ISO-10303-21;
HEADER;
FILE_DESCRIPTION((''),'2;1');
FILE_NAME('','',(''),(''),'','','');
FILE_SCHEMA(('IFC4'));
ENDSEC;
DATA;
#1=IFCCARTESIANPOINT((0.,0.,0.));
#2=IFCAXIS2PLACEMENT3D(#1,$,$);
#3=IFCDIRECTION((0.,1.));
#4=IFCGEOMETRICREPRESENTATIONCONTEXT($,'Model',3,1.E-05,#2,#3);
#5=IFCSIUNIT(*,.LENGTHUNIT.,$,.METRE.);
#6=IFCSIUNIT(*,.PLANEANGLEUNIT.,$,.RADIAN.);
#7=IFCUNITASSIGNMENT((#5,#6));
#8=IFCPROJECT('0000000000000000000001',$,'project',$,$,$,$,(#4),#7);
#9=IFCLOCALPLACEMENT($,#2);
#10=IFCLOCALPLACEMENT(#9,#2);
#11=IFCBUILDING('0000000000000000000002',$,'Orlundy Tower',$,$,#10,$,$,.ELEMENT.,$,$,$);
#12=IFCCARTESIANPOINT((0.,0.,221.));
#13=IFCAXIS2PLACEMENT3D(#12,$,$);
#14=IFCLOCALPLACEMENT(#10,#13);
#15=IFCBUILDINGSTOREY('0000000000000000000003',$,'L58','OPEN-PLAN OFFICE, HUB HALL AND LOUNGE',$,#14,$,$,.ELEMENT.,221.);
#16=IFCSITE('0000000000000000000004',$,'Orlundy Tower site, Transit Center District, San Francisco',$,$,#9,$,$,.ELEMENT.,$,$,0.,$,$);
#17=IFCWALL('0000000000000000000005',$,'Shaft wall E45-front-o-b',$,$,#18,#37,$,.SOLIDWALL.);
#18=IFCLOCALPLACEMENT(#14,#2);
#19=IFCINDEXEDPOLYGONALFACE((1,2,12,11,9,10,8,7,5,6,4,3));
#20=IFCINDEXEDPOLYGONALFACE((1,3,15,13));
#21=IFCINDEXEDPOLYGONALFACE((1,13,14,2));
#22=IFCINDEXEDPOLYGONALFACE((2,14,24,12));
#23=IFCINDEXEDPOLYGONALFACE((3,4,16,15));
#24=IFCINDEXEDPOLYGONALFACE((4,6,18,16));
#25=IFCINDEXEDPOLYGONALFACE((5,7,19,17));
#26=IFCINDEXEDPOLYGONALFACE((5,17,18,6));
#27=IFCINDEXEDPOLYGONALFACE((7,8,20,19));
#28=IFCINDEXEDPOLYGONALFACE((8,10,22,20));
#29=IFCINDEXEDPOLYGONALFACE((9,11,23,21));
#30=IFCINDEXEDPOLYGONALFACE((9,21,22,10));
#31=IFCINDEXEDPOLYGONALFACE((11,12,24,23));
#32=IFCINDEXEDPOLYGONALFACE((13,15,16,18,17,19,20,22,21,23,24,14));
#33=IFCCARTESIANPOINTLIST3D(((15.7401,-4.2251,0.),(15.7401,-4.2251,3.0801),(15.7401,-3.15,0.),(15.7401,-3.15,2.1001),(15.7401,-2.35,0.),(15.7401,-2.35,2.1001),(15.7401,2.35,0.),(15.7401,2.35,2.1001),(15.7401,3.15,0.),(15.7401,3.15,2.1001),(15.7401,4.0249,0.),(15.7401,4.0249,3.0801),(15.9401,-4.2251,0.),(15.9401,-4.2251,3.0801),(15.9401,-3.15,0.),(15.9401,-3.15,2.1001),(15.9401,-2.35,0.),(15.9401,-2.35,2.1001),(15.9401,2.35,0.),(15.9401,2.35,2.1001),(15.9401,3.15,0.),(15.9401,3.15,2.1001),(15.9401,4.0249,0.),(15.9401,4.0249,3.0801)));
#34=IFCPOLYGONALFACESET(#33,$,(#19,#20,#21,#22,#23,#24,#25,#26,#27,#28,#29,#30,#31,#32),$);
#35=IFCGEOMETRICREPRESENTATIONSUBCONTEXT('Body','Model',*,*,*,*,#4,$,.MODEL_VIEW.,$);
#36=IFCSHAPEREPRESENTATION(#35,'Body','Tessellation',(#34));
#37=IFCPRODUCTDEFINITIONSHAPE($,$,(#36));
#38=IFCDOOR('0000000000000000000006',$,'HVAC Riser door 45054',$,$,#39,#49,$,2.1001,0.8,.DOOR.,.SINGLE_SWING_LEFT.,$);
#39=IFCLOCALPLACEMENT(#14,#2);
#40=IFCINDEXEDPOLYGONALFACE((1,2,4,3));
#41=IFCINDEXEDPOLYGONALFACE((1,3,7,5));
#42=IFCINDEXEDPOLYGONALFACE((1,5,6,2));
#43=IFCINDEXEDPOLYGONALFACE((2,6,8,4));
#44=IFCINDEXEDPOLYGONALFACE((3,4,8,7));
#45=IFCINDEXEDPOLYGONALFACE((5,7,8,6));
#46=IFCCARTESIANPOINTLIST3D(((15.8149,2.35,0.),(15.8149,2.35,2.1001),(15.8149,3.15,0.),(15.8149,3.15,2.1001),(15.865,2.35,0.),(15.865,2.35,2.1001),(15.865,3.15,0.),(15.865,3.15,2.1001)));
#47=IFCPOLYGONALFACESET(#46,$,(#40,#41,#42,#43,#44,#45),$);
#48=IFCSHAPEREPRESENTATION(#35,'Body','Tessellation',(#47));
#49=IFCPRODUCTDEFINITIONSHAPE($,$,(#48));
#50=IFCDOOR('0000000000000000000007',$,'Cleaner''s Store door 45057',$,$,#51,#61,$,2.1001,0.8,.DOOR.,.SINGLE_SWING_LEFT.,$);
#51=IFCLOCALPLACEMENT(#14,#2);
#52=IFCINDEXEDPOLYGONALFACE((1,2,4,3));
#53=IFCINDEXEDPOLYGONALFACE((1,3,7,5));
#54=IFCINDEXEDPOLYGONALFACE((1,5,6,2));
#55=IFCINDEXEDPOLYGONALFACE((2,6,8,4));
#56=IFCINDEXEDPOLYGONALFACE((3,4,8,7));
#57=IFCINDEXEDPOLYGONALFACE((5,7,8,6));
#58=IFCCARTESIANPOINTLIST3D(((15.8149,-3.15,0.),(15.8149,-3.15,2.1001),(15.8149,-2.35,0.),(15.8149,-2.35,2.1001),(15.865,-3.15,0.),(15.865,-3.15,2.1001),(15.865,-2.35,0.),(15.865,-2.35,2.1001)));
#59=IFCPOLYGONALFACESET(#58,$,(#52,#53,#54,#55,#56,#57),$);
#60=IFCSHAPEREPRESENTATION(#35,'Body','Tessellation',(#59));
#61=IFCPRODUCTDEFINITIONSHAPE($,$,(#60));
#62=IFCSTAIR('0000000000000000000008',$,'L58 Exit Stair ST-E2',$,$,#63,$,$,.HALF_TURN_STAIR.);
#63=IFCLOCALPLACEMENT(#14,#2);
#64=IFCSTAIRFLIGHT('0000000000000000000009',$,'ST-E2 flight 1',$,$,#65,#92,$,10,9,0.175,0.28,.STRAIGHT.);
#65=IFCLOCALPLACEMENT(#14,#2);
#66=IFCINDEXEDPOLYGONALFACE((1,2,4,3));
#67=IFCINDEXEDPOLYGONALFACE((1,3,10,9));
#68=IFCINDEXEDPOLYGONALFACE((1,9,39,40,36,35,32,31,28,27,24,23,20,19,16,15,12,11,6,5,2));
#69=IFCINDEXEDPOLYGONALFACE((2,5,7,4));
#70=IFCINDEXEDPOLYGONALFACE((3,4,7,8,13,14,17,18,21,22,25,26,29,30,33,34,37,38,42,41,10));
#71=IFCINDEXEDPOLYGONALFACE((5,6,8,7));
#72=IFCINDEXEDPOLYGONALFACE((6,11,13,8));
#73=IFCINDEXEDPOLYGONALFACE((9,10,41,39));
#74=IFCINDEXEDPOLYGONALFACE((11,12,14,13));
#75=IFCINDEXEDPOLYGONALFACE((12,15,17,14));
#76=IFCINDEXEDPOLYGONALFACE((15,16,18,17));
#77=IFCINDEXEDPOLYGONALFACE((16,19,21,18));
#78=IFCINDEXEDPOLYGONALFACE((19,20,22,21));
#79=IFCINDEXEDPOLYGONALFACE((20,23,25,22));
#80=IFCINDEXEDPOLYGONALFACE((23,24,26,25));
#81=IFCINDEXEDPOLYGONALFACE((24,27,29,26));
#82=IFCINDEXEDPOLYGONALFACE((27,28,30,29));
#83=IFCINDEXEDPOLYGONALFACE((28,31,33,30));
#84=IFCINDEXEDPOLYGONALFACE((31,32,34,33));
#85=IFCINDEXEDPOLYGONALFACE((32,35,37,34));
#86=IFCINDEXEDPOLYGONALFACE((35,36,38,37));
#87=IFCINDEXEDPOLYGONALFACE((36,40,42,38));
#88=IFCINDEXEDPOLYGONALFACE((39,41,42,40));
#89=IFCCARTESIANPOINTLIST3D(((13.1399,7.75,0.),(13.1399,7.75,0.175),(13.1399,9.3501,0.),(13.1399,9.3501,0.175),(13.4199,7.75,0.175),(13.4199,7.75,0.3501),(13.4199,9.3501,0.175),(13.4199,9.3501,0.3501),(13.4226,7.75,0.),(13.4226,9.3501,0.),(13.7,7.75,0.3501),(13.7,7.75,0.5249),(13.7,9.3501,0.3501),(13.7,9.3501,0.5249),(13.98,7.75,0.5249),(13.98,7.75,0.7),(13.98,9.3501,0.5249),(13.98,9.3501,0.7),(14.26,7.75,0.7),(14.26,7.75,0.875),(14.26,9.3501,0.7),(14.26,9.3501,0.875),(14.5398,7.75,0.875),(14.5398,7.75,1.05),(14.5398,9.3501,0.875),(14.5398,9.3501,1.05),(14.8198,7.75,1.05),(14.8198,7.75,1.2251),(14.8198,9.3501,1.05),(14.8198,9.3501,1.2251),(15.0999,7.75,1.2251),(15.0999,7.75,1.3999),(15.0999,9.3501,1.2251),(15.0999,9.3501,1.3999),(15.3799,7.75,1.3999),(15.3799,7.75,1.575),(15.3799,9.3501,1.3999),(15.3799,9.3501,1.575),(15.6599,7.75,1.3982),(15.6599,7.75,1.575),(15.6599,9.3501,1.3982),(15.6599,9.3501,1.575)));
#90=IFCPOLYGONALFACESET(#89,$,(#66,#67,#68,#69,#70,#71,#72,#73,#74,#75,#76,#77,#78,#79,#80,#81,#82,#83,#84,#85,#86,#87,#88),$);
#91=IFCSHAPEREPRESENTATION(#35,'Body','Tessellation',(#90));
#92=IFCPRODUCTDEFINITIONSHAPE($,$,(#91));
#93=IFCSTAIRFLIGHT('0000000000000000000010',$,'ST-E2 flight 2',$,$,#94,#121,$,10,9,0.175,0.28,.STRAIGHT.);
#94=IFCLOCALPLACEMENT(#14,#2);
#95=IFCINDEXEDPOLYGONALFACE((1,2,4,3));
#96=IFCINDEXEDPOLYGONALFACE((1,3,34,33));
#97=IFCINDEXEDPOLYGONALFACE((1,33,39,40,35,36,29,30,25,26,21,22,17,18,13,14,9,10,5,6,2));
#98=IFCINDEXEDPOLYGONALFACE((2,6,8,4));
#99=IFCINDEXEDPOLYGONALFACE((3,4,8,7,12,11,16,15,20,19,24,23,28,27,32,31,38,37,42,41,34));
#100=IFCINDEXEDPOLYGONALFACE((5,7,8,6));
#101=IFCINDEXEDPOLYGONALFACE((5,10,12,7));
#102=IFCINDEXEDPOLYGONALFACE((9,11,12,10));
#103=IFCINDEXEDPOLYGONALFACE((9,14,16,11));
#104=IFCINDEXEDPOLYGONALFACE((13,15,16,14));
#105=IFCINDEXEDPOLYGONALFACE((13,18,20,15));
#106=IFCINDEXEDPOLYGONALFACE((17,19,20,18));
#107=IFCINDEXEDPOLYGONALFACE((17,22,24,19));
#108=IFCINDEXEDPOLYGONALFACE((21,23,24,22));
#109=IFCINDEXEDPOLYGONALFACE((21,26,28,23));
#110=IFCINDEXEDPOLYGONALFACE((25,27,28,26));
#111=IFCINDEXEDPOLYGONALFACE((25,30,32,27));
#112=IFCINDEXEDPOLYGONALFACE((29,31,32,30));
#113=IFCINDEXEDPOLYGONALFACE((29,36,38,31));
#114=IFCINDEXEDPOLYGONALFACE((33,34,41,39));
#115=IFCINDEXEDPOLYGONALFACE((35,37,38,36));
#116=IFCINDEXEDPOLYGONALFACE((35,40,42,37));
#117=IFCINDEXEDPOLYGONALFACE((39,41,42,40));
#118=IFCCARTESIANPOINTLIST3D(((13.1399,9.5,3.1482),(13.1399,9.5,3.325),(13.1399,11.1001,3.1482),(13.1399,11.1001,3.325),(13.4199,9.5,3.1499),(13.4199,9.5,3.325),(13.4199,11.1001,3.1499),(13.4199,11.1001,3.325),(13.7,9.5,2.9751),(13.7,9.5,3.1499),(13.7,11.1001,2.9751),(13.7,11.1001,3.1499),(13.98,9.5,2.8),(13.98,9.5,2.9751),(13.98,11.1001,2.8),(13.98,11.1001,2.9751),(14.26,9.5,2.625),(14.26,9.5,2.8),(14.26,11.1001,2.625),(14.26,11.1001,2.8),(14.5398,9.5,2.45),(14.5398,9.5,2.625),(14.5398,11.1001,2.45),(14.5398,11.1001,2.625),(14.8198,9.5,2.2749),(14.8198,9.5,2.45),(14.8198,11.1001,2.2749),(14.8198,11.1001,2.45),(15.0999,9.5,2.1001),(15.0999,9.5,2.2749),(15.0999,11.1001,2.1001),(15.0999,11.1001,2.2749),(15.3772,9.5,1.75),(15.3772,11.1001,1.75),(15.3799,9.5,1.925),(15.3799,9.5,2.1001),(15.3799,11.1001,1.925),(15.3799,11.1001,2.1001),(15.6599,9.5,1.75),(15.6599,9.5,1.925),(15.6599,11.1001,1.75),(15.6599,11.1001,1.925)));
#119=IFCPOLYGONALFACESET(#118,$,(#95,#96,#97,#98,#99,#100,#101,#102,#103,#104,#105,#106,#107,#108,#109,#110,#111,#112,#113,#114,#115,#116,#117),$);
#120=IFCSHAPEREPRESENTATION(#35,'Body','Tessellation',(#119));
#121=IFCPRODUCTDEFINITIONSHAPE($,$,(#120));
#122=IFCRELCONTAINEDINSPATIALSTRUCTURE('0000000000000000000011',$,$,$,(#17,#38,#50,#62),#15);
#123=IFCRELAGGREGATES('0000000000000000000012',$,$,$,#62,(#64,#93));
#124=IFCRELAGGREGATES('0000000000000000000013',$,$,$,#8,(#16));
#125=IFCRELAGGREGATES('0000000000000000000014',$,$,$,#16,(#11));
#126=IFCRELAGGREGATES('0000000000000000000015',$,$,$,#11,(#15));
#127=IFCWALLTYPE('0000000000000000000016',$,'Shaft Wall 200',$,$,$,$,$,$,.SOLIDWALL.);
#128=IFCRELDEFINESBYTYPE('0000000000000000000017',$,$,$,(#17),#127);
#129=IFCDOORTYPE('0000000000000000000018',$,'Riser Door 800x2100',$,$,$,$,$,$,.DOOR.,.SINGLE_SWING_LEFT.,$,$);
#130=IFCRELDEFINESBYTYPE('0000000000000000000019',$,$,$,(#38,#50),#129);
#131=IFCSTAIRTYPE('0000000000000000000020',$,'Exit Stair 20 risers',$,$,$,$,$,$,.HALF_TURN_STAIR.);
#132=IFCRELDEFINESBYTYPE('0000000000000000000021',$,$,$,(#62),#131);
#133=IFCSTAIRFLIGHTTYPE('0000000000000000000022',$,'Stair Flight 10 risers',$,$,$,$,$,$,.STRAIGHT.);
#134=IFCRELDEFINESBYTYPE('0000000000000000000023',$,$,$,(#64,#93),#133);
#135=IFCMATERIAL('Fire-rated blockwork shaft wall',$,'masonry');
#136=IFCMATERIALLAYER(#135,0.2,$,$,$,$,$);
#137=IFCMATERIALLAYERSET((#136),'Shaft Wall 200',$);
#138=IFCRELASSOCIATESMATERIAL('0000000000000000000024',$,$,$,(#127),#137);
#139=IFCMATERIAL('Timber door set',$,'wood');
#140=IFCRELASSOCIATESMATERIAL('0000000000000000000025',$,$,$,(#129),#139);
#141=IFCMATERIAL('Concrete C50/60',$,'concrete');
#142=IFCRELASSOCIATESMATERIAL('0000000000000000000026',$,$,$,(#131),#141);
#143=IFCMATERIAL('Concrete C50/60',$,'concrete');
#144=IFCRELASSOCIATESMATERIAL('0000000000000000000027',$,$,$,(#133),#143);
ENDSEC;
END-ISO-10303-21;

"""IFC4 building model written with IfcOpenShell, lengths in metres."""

from ifc_helpers import new_model, si_unit, direction, frame, frame_2d, origin, place, context, subcontext, project, spatial, polyline, rectangle, outline, extrude, material, layer, layer_set, type_object, element, fill, aggregate, save


model = new_model("IFC4")

# Units and contexts
model_context = context("Model", 3, precision=1e-05, world=origin(), true_north=direction((0.0, 1.0)))
body_context = subcontext(model_context, "Body", "Model", "MODEL_VIEW")
ifc_project = project(units=[si_unit("LENGTHUNIT", "METRE"), si_unit("PLANEANGLEUNIT", "RADIAN")], contexts=[model_context])

# Site, building, storey
site_placement = place(None, origin())
site = spatial("IfcSite", under=ifc_project, at=site_placement, Name="Orlundy Tower site, Transit Center District, San Francisco", CompositionType="ELEMENT", RefElevation=0.0)
building_placement = place(site_placement, origin())
building = spatial("IfcBuilding", under=site, at=building_placement, Name="Orlundy Tower", CompositionType="ELEMENT")
storey_placement = place(building_placement, frame((0.0, 0.0, 221.0)))
storey = spatial("IfcBuildingStorey", under=building, at=storey_placement, Name="L58", Description="OPEN-PLAN OFFICE, HUB HALL AND LOUNGE", CompositionType="ELEMENT", Elevation=221.0)

# Shared definitions
ifc_material_1 = material(Name="Fire-rated blockwork shaft wall", Category="masonry")
ifc_layer_1 = layer(ifc_material_1, 0.2)
ifc_layer_set_1 = layer_set([ifc_layer_1], Name="Shaft Wall 200")
wall_type_1 = type_object("IfcWallType", Name="Shaft Wall 200", PredefinedType="SOLIDWALL", material=ifc_layer_set_1)

# Shared definitions
ifc_material_2 = material(Name="Timber door set", Category="wood")
door_type_1 = type_object("IfcDoorType", Name="Riser Door 800x2100", OperationType="SINGLE_SWING_LEFT", PredefinedType="DOOR", material=ifc_material_2)

# Wall, openings, doors
wall_1_placement = place(storey_placement, frame((15.8401, 4.0249, 0.0), z_axis=(0.0, 0.0, 1.0), x_axis=(0.0, -1.0, 0.0)))
wall_1 = element("IfcWall", 1, at=wall_1_placement, inside=storey, type_object=wall_type_1, Name="Shaft wall E45-front-o-b", PredefinedType="SOLIDWALL", context=body_context, shape_type="SweptSolid", body=[
    extrude(rectangle(XDim=8.25, YDim=0.2, at=frame_2d((4.125, 0.0))), origin(), (0.0, 0.0, 1.0), 3.0801),
])
opening_1_placement = place(wall_1_placement, frame((0.875, 0.0, 0.0)))
opening_1 = element("IfcOpeningElement", 2, at=opening_1_placement, cuts=wall_1, PredefinedType="OPENING", context=body_context, shape_type="SweptSolid", body=[
    extrude(rectangle(XDim=0.8, YDim=2.1001, at=frame_2d((0.3999, 1.05))), frame((0.0, 0.1101, 0.0), z_axis=(0.0, -1.0, 0.0), x_axis=(1.0, 0.0, 0.0)), (0.0, 0.0, 1.0), 0.2202),
])
opening_2_placement = place(wall_1_placement, frame((6.375, 0.0, 0.0)))
opening_2 = element("IfcOpeningElement", 3, at=opening_2_placement, cuts=wall_1, PredefinedType="OPENING", context=body_context, shape_type="SweptSolid", body=[
    extrude(rectangle(XDim=0.8, YDim=2.1001, at=frame_2d((0.3999, 1.05))), frame((0.0, 0.1101, 0.0), z_axis=(0.0, -1.0, 0.0), x_axis=(1.0, 0.0, 0.0)), (0.0, 0.0, 1.0), 0.2202),
])
door_1_placement = place(opening_1_placement, origin())
door_1 = element("IfcDoor", 4, at=door_1_placement, inside=storey, type_object=door_type_1, Name="HVAC Riser door 45054", OperationType="SINGLE_SWING_LEFT", OverallHeight=2.1001, OverallWidth=0.8, PredefinedType="DOOR", context=body_context, shape_type="SweptSolid", body=[
    extrude(rectangle(XDim=0.8, YDim=2.1001, at=frame_2d((0.3999, 1.05))), frame((0.0, 0.0249, 0.0), z_axis=(0.0, -1.0, 0.0), x_axis=(1.0, 0.0, 0.0)), (0.0, 0.0, 1.0), 0.05),
])
fill(opening_1, door_1)
door_2_placement = place(opening_2_placement, origin())
door_2 = element("IfcDoor", 5, at=door_2_placement, inside=storey, type_object=door_type_1, Name="Cleaner's Store door 45057", OperationType="SINGLE_SWING_LEFT", OverallHeight=2.1001, OverallWidth=0.8, PredefinedType="DOOR", context=body_context, shape_type="SweptSolid", body=[
    extrude(rectangle(XDim=0.8, YDim=2.1001, at=frame_2d((0.3999, 1.05))), frame((0.0, 0.0249, 0.0), z_axis=(0.0, -1.0, 0.0), x_axis=(1.0, 0.0, 0.0)), (0.0, 0.0, 1.0), 0.05),
])
fill(opening_2, door_2)

# Stair, stair flights
ifc_material_3 = material(Name="Concrete C50/60", Category="concrete")
stair_type = type_object("IfcStairType", Name="Exit Stair 20 risers", PredefinedType="HALF_TURN_STAIR", material=ifc_material_3)
stair_placement = place(storey_placement, origin())
stair = element("IfcStair", 6, at=stair_placement, inside=storey, type_object=stair_type, Name="L58 Exit Stair ST-E2", PredefinedType="HALF_TURN_STAIR")
ifc_material_4 = material(Name="Concrete C50/60", Category="concrete")
stair_flight_type = type_object("IfcStairFlightType", Name="Stair Flight 10 risers", PredefinedType="STRAIGHT", material=ifc_material_4)
stair_flight_1_placement = place(storey_placement, frame((13.1399, 8.55, 0.0), z_axis=(0.0, 0.0, 1.0), x_axis=(1.0, 0.0, 0.0)))
stair_flight_1 = element("IfcStairFlight", 7, at=stair_flight_1_placement, type_object=stair_flight_type, Name="ST-E2 flight 1", NumberOfRisers=10, NumberOfTreads=9, PredefinedType="STRAIGHT", RiserHeight=0.175, TreadLength=0.28, context=body_context, shape_type="SweptSolid", body=[
    extrude(outline(polyline([(0.0, 0.0), (0.0, 0.175), (0.28, 0.175), (0.28, 0.3501), (0.5601, 0.3501), (0.5601, 0.5249), (0.8401, 0.5249), (0.8401, 0.7), (1.1201, 0.7), (1.1201, 0.875), (1.3999, 0.875), (1.3999, 1.05), (1.6799, 1.05), (1.6799, 1.2251), (1.96, 1.2251), (1.96, 1.3999), (2.24, 1.3999), (2.24, 1.575), (2.52, 1.575), (2.52, 1.75), (2.52, 1.3982), (0.2827, 0.0), (0.0, 0.0)])), frame((0.0, 0.8, 0.0), z_axis=(0.0, -1.0, 0.0), x_axis=(1.0, 0.0, 0.0)), (0.0, 0.0, 1.0), 1.6001),
])
stair_flight_2_placement = place(storey_placement, frame((15.6599, 10.3, 1.75), z_axis=(0.0, 0.0, 1.0), x_axis=(-1.0, 0.0, 0.0)))
stair_flight_2 = element("IfcStairFlight", 8, at=stair_flight_2_placement, type_object=stair_flight_type, Name="ST-E2 flight 2", NumberOfRisers=10, NumberOfTreads=9, PredefinedType="STRAIGHT", RiserHeight=0.175, TreadLength=0.28, context=body_context, shape_type="SweptSolid", body=[
    extrude(outline(polyline([(0.0, 0.0), (0.0, 0.175), (0.28, 0.175), (0.28, 0.3501), (0.5601, 0.3501), (0.5601, 0.5249), (0.8401, 0.5249), (0.8401, 0.7), (1.1201, 0.7), (1.1201, 0.875), (1.3999, 0.875), (1.3999, 1.05), (1.6799, 1.05), (1.6799, 1.2251), (1.96, 1.2251), (1.96, 1.3999), (2.24, 1.3999), (2.24, 1.575), (2.52, 1.575), (2.52, 1.75), (2.52, 1.3982), (0.2827, 0.0), (0.0, 0.0)])), frame((0.0, 0.8, 0.0), z_axis=(0.0, -1.0, 0.0), x_axis=(1.0, 0.0, 0.0)), (0.0, 0.0, 1.0), 1.6001),
])
aggregate(stair, [stair_flight_1, stair_flight_2])

save(model, "model.ifc")
